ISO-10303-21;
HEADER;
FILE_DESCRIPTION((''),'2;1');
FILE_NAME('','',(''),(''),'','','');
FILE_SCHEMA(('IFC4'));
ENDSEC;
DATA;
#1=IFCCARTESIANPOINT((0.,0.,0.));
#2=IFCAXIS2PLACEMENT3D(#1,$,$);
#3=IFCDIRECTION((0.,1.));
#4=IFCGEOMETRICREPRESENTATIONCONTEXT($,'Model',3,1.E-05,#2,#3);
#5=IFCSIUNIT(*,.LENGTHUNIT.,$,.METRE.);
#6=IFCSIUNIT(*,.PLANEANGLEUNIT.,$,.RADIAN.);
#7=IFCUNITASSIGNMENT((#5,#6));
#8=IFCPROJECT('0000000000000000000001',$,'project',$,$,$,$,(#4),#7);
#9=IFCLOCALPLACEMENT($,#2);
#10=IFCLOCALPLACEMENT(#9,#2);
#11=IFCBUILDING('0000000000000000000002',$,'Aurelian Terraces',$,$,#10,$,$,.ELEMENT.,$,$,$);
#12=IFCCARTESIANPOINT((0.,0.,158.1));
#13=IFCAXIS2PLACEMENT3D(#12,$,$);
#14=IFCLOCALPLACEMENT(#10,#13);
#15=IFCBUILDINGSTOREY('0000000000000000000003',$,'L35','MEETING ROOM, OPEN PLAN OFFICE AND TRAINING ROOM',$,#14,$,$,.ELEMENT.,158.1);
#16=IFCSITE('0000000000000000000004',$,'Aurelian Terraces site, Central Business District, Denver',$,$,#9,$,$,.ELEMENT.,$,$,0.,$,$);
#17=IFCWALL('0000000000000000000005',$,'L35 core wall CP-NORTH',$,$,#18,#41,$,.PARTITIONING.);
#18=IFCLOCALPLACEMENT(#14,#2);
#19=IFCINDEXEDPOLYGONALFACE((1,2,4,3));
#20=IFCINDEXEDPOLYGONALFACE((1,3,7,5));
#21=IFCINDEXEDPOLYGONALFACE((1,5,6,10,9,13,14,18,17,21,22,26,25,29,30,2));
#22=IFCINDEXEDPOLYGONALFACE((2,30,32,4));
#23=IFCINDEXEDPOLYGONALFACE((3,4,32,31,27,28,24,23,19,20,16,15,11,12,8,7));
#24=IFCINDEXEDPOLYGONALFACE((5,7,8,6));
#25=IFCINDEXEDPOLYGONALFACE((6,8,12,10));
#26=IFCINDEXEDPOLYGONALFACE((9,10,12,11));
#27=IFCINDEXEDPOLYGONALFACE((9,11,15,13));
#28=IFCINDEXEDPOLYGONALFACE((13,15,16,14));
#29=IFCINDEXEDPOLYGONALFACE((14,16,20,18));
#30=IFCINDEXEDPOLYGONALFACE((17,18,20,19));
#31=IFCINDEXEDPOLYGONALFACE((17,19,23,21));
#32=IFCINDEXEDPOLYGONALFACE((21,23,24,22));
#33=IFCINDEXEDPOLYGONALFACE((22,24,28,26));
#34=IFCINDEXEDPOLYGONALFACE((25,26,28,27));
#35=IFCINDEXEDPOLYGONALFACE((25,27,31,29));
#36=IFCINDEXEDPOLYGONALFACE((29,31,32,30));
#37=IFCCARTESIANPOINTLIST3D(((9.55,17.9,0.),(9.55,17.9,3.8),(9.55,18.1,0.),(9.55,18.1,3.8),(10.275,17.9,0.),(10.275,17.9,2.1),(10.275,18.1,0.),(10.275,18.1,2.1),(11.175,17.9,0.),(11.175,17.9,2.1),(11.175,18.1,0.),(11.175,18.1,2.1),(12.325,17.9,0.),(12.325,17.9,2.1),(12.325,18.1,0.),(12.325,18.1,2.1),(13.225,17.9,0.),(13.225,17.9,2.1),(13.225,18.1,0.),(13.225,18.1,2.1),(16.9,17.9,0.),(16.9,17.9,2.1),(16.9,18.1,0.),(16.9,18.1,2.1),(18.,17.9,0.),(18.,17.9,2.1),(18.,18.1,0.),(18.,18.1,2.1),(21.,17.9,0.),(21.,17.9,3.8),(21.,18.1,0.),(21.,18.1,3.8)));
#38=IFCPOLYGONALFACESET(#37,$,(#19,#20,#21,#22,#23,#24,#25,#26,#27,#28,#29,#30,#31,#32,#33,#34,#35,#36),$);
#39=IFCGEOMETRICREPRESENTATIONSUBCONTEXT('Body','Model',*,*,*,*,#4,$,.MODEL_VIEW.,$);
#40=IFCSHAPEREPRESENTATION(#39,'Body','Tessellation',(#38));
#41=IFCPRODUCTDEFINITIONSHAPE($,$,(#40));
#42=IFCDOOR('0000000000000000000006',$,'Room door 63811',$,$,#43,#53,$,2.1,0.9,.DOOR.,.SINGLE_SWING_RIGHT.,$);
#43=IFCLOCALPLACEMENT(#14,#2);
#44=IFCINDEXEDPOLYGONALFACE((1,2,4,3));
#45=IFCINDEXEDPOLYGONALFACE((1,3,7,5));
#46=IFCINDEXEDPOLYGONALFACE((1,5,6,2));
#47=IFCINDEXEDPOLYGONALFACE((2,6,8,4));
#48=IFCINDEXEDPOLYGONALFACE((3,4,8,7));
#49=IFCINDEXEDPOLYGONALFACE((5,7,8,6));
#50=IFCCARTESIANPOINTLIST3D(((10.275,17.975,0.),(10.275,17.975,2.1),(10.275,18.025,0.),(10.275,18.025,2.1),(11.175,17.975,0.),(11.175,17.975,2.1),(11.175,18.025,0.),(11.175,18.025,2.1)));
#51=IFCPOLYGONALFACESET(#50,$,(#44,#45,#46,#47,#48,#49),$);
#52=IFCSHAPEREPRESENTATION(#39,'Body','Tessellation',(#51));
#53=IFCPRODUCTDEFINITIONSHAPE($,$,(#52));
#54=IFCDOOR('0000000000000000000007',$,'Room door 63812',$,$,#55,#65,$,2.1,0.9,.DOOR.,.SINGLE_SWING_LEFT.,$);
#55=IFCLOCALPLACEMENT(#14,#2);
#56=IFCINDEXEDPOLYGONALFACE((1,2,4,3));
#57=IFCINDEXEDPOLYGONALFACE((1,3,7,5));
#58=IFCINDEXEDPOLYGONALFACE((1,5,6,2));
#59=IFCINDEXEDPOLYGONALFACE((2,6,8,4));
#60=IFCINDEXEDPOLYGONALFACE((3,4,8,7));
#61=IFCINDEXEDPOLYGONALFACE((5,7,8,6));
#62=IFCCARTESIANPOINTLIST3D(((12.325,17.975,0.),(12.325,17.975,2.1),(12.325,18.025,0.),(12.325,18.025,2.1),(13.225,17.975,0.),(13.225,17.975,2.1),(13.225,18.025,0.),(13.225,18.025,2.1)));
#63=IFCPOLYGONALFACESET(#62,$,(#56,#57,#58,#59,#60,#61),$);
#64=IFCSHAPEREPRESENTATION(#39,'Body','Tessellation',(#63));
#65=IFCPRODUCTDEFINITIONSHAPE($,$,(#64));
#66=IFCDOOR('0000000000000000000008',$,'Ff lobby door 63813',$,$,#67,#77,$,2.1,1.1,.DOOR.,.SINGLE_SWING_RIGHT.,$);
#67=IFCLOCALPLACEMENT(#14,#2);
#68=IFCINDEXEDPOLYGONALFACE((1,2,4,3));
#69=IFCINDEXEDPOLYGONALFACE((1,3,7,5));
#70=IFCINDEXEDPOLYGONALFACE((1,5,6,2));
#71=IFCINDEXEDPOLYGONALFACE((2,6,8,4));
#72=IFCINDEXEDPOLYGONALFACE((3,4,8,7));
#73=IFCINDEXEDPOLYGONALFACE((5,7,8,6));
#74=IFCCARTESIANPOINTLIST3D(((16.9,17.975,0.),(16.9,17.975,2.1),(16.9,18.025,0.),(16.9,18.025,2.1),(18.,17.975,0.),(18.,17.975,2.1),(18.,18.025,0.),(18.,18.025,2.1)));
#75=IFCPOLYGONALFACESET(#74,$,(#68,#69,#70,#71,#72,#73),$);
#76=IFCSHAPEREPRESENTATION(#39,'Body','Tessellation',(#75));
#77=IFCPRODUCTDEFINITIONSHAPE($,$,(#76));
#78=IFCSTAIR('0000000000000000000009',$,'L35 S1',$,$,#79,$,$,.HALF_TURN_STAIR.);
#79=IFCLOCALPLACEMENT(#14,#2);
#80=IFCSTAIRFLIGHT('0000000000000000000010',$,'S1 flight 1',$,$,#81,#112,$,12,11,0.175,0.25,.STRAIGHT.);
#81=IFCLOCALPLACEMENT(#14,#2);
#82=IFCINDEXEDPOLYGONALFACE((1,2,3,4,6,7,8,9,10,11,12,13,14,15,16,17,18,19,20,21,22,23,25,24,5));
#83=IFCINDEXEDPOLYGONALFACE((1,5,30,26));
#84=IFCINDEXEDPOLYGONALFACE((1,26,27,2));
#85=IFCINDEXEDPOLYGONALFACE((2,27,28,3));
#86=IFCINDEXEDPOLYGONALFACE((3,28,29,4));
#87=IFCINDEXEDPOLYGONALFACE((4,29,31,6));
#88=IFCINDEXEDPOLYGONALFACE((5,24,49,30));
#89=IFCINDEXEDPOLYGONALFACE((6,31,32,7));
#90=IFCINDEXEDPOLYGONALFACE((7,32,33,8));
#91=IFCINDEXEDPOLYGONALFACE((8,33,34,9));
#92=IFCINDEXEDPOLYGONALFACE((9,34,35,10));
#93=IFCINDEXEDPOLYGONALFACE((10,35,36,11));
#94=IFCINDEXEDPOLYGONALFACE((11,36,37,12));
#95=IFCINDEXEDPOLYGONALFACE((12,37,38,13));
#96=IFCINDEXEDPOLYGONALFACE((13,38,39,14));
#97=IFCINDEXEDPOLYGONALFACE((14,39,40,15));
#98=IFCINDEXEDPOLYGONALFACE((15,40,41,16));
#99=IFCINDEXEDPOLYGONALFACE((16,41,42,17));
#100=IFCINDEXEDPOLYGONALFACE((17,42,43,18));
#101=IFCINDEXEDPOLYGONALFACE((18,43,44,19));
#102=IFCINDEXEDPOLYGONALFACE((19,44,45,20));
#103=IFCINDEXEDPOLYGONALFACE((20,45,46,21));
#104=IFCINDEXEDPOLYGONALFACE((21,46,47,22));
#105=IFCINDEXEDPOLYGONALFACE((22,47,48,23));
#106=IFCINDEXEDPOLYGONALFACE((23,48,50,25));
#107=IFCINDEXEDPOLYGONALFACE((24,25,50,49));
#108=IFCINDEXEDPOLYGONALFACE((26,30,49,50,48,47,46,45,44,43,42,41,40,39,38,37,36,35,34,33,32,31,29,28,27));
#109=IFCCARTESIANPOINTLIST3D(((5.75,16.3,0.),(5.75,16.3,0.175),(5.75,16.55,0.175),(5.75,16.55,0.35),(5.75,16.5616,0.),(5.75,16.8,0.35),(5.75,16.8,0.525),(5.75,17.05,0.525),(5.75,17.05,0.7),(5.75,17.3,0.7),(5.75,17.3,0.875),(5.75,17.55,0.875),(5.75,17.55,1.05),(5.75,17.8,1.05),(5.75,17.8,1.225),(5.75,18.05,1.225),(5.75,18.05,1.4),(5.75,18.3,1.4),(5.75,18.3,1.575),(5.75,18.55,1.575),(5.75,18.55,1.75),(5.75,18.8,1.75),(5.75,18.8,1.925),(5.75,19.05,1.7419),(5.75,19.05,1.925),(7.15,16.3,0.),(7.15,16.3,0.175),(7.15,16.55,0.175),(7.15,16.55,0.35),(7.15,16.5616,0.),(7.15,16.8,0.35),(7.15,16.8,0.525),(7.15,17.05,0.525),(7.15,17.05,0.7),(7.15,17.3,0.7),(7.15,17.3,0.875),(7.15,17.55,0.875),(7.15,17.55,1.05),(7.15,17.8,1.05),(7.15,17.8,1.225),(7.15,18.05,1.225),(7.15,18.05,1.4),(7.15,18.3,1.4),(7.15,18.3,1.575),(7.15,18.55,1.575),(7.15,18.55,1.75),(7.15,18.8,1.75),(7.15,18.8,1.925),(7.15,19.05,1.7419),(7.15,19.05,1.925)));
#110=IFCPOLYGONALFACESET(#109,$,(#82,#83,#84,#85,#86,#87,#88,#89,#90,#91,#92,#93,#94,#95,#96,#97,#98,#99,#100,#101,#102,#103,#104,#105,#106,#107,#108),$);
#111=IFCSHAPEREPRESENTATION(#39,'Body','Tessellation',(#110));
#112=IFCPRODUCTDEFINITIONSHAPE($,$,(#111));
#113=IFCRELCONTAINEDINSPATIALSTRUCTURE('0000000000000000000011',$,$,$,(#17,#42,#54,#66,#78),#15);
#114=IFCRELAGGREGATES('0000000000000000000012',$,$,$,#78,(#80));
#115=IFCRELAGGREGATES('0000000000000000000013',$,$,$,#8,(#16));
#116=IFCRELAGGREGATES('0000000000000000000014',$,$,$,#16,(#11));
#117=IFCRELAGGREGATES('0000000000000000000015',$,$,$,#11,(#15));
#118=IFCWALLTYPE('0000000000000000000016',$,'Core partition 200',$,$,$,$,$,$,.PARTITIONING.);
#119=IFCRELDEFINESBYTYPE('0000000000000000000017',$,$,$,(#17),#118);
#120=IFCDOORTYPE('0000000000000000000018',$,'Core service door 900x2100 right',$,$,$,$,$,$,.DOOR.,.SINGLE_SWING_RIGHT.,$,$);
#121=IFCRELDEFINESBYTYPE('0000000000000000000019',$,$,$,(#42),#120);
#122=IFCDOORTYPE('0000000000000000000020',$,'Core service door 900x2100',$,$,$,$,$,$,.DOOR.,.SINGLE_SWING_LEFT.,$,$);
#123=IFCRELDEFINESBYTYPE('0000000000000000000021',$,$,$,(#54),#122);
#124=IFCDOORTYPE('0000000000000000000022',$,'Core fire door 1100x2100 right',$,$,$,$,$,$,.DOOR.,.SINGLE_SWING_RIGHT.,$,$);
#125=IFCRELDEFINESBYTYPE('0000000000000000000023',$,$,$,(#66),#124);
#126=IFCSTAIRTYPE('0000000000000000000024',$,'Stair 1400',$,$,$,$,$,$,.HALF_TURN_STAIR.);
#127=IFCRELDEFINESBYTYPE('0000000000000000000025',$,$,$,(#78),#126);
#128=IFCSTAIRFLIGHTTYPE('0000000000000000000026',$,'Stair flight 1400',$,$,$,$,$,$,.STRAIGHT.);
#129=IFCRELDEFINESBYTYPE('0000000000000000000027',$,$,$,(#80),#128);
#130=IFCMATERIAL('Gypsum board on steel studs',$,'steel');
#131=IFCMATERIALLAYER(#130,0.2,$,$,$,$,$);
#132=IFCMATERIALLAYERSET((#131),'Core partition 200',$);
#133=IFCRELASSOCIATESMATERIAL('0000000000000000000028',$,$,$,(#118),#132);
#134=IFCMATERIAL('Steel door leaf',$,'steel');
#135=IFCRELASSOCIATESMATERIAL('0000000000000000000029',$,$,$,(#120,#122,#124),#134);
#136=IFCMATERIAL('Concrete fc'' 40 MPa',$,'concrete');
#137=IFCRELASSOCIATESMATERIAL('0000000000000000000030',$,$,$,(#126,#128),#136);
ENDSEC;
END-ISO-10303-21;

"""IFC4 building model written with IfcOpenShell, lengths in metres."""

from ifc_helpers import new_model, si_unit, direction, frame, frame_2d, origin, place, context, subcontext, project, spatial, polyline, rectangle, outline, extrude, source, transform, mapped, material, layer, layer_set, type_object, element, fill, aggregate, save


model = new_model("IFC4")

# Units and contexts
model_context = context("Model", 3, precision=1e-05, world=origin(), true_north=direction((0.0, 1.0)))
body_context = subcontext(model_context, "Body", "Model", "MODEL_VIEW")
ifc_project = project(units=[si_unit("LENGTHUNIT", "METRE"), si_unit("PLANEANGLEUNIT", "RADIAN")], contexts=[model_context])

# Site, building, storey
site_placement = place(None, origin())
site = spatial("IfcSite", under=ifc_project, at=site_placement, Name="Aurelian Terraces site, Central Business District, Denver", CompositionType="ELEMENT", RefElevation=0.0)
building_placement = place(site_placement, origin())
building = spatial("IfcBuilding", under=site, at=building_placement, Name="Aurelian Terraces", CompositionType="ELEMENT")
storey_placement = place(building_placement, frame((0.0, 0.0, 158.1)))
storey = spatial("IfcBuildingStorey", under=building, at=storey_placement, Name="L35", Description="MEETING ROOM, OPEN PLAN OFFICE AND TRAINING ROOM", CompositionType="ELEMENT", Elevation=158.1)

# Shared definitions
ifc_material_1 = material(Name="Concrete fc' 40 MPa", Category="concrete")
ifc_material_2 = material(Name="Gypsum board on steel studs", Category="steel")
ifc_layer_1 = layer(ifc_material_2, 0.2)
ifc_layer_set_1 = layer_set([ifc_layer_1], Name="Core partition 200")
wall_type_1 = type_object("IfcWallType", Name="Core partition 200", PredefinedType="PARTITIONING", material=ifc_layer_set_1)

# Shared definitions
ifc_material_3 = material(Name="Steel door leaf", Category="steel")
shared_shape_1 = source(origin(), body_context, "Body", "SweptSolid", [
    extrude(rectangle(XDim=1.1, YDim=2.1, at=frame_2d((0.55, 1.05))), frame((0.0, 0.025, 0.0), z_axis=(0.0, -1.0, 0.0), x_axis=(1.0, 0.0, 0.0)), (0.0, 0.0, 1.0), 0.05),
])

# Wall, openings, doors
shared_shape_2 = source(origin(), body_context, "Body", "SweptSolid", [
    extrude(rectangle(XDim=11.45, YDim=0.2, at=frame_2d((5.725, 0.0))), origin(), (0.0, 0.0, 1.0), 3.8),
])
wall_1_placement = place(storey_placement, frame((9.55, 18.0, 0.0), z_axis=(0.0, 0.0, 1.0), x_axis=(1.0, 0.0, 0.0)))
wall_1 = element("IfcWall", 1, at=wall_1_placement, inside=storey, type_object=wall_type_1, Name="L35 core wall CP-NORTH", PredefinedType="PARTITIONING", context=body_context, shape_type="MappedRepresentation", body=[
    mapped(shared_shape_2, transform((0.0, 0.0, 0.0), scale=1.0)),
])
shared_shape_3 = source(origin(), body_context, "Body", "SweptSolid", [
    extrude(rectangle(XDim=0.9, YDim=2.1, at=frame_2d((0.45, 1.05))), frame((0.0, 0.11, 0.0), z_axis=(0.0, -1.0, 0.0), x_axis=(1.0, 0.0, 0.0)), (0.0, 0.0, 1.0), 0.22),
])
opening_1_placement = place(wall_1_placement, frame((0.725, 0.0, 0.0)))
opening_1 = element("IfcOpeningElement", 2, at=opening_1_placement, cuts=wall_1, PredefinedType="OPENING", context=body_context, shape_type="MappedRepresentation", body=[
    mapped(shared_shape_3, transform((0.0, 0.0, 0.0), scale=1.0)),
])
opening_2_placement = place(wall_1_placement, frame((2.775, 0.0, 0.0)))
opening_2 = element("IfcOpeningElement", 3, at=opening_2_placement, cuts=wall_1, PredefinedType="OPENING", context=body_context, shape_type="MappedRepresentation", body=[
    mapped(shared_shape_3, transform((0.0, 0.0, 0.0), scale=1.0)),
])
shared_shape_4 = source(origin(), body_context, "Body", "SweptSolid", [
    extrude(rectangle(XDim=1.1, YDim=2.1, at=frame_2d((0.55, 1.05))), frame((0.0, 0.11, 0.0), z_axis=(0.0, -1.0, 0.0), x_axis=(1.0, 0.0, 0.0)), (0.0, 0.0, 1.0), 0.22),
])
opening_3_placement = place(wall_1_placement, frame((7.35, 0.0, 0.0)))
opening_3 = element("IfcOpeningElement", 4, at=opening_3_placement, cuts=wall_1, PredefinedType="OPENING", context=body_context, shape_type="MappedRepresentation", body=[
    mapped(shared_shape_4, transform((0.0, 0.0, 0.0), scale=1.0)),
])
door_type_1 = type_object("IfcDoorType", Name="Core service door 900x2100 right", OperationType="SINGLE_SWING_RIGHT", PredefinedType="DOOR", material=ifc_material_3)
shared_shape_5 = source(origin(), body_context, "Body", "SweptSolid", [
    extrude(rectangle(XDim=0.9, YDim=2.1, at=frame_2d((0.45, 1.05))), frame((0.0, 0.025, 0.0), z_axis=(0.0, -1.0, 0.0), x_axis=(1.0, 0.0, 0.0)), (0.0, 0.0, 1.0), 0.05),
])
door_1_placement = place(opening_1_placement, origin())
door_1 = element("IfcDoor", 5, at=door_1_placement, inside=storey, type_object=door_type_1, Name="Room door 63811", OperationType="SINGLE_SWING_RIGHT", OverallHeight=2.1, OverallWidth=0.9, PredefinedType="DOOR", context=body_context, shape_type="MappedRepresentation", body=[
    mapped(shared_shape_5, transform((0.0, 0.0, 0.0), scale=1.0)),
])
fill(opening_1, door_1)
door_type_2 = type_object("IfcDoorType", Name="Core service door 900x2100", OperationType="SINGLE_SWING_LEFT", PredefinedType="DOOR", material=ifc_material_3)
door_2_placement = place(opening_2_placement, origin())
door_2 = element("IfcDoor", 6, at=door_2_placement, inside=storey, type_object=door_type_2, Name="Room door 63812", OperationType="SINGLE_SWING_LEFT", OverallHeight=2.1, OverallWidth=0.9, PredefinedType="DOOR", context=body_context, shape_type="MappedRepresentation", body=[
    mapped(shared_shape_5, transform((0.0, 0.0, 0.0), scale=1.0)),
])
fill(opening_2, door_2)
door_type_3 = type_object("IfcDoorType", Name="Core fire door 1100x2100 right", OperationType="SINGLE_SWING_RIGHT", PredefinedType="DOOR", material=ifc_material_3)
door_3_placement = place(opening_3_placement, origin())
door_3 = element("IfcDoor", 7, at=door_3_placement, inside=storey, type_object=door_type_3, Name="Ff lobby door 63813", OperationType="SINGLE_SWING_RIGHT", OverallHeight=2.1, OverallWidth=1.1, PredefinedType="DOOR", context=body_context, shape_type="MappedRepresentation", body=[
    mapped(shared_shape_1, transform((0.0, 0.0, 0.0), scale=1.0)),
])
fill(opening_3, door_3)

# Stair, stair flight
stair_type = type_object("IfcStairType", Name="Stair 1400", PredefinedType="HALF_TURN_STAIR", material=ifc_material_1)
stair_placement = place(storey_placement, origin())
stair = element("IfcStair", 8, at=stair_placement, inside=storey, type_object=stair_type, Name="L35 S1", PredefinedType="HALF_TURN_STAIR")
stair_flight_type = type_object("IfcStairFlightType", Name="Stair flight 1400", PredefinedType="STRAIGHT", material=ifc_material_1)
shared_shape_6 = source(origin(), body_context, "Body", "SweptSolid", [
    extrude(outline(polyline([(0.0, 0.0), (0.0, 0.175), (0.25, 0.175), (0.25, 0.35), (0.5, 0.35), (0.5, 0.525), (0.75, 0.525), (0.75, 0.7), (1.0, 0.7), (1.0, 0.875), (1.25, 0.875), (1.25, 1.05), (1.5, 1.05), (1.5, 1.225), (1.75, 1.225), (1.75, 1.4), (2.0, 1.4), (2.0, 1.575), (2.25, 1.575), (2.25, 1.75), (2.5, 1.75), (2.5, 1.925), (2.75, 1.925), (2.75, 2.1), (2.75, 1.7419), (0.2616, 0.0), (0.0, 0.0)])), frame((0.0, 0.7, 0.0), z_axis=(0.0, -1.0, 0.0), x_axis=(1.0, 0.0, 0.0)), (0.0, 0.0, 1.0), 1.4),
])
stair_flight_placement = place(storey_placement, frame((6.45, 16.3, 0.0), z_axis=(0.0, 0.0, 1.0), x_axis=(0.0, 1.0, 0.0)))
stair_flight = element("IfcStairFlight", 9, at=stair_flight_placement, type_object=stair_flight_type, Name="S1 flight 1", NumberOfRisers=12, NumberOfTreads=11, PredefinedType="STRAIGHT", RiserHeight=0.175, TreadLength=0.25, context=body_context, shape_type="MappedRepresentation", body=[
    mapped(shared_shape_6, transform((0.0, 0.0, 0.0), scale=1.0)),
])
aggregate(stair, [stair_flight])

save(model, "model.ifc")
